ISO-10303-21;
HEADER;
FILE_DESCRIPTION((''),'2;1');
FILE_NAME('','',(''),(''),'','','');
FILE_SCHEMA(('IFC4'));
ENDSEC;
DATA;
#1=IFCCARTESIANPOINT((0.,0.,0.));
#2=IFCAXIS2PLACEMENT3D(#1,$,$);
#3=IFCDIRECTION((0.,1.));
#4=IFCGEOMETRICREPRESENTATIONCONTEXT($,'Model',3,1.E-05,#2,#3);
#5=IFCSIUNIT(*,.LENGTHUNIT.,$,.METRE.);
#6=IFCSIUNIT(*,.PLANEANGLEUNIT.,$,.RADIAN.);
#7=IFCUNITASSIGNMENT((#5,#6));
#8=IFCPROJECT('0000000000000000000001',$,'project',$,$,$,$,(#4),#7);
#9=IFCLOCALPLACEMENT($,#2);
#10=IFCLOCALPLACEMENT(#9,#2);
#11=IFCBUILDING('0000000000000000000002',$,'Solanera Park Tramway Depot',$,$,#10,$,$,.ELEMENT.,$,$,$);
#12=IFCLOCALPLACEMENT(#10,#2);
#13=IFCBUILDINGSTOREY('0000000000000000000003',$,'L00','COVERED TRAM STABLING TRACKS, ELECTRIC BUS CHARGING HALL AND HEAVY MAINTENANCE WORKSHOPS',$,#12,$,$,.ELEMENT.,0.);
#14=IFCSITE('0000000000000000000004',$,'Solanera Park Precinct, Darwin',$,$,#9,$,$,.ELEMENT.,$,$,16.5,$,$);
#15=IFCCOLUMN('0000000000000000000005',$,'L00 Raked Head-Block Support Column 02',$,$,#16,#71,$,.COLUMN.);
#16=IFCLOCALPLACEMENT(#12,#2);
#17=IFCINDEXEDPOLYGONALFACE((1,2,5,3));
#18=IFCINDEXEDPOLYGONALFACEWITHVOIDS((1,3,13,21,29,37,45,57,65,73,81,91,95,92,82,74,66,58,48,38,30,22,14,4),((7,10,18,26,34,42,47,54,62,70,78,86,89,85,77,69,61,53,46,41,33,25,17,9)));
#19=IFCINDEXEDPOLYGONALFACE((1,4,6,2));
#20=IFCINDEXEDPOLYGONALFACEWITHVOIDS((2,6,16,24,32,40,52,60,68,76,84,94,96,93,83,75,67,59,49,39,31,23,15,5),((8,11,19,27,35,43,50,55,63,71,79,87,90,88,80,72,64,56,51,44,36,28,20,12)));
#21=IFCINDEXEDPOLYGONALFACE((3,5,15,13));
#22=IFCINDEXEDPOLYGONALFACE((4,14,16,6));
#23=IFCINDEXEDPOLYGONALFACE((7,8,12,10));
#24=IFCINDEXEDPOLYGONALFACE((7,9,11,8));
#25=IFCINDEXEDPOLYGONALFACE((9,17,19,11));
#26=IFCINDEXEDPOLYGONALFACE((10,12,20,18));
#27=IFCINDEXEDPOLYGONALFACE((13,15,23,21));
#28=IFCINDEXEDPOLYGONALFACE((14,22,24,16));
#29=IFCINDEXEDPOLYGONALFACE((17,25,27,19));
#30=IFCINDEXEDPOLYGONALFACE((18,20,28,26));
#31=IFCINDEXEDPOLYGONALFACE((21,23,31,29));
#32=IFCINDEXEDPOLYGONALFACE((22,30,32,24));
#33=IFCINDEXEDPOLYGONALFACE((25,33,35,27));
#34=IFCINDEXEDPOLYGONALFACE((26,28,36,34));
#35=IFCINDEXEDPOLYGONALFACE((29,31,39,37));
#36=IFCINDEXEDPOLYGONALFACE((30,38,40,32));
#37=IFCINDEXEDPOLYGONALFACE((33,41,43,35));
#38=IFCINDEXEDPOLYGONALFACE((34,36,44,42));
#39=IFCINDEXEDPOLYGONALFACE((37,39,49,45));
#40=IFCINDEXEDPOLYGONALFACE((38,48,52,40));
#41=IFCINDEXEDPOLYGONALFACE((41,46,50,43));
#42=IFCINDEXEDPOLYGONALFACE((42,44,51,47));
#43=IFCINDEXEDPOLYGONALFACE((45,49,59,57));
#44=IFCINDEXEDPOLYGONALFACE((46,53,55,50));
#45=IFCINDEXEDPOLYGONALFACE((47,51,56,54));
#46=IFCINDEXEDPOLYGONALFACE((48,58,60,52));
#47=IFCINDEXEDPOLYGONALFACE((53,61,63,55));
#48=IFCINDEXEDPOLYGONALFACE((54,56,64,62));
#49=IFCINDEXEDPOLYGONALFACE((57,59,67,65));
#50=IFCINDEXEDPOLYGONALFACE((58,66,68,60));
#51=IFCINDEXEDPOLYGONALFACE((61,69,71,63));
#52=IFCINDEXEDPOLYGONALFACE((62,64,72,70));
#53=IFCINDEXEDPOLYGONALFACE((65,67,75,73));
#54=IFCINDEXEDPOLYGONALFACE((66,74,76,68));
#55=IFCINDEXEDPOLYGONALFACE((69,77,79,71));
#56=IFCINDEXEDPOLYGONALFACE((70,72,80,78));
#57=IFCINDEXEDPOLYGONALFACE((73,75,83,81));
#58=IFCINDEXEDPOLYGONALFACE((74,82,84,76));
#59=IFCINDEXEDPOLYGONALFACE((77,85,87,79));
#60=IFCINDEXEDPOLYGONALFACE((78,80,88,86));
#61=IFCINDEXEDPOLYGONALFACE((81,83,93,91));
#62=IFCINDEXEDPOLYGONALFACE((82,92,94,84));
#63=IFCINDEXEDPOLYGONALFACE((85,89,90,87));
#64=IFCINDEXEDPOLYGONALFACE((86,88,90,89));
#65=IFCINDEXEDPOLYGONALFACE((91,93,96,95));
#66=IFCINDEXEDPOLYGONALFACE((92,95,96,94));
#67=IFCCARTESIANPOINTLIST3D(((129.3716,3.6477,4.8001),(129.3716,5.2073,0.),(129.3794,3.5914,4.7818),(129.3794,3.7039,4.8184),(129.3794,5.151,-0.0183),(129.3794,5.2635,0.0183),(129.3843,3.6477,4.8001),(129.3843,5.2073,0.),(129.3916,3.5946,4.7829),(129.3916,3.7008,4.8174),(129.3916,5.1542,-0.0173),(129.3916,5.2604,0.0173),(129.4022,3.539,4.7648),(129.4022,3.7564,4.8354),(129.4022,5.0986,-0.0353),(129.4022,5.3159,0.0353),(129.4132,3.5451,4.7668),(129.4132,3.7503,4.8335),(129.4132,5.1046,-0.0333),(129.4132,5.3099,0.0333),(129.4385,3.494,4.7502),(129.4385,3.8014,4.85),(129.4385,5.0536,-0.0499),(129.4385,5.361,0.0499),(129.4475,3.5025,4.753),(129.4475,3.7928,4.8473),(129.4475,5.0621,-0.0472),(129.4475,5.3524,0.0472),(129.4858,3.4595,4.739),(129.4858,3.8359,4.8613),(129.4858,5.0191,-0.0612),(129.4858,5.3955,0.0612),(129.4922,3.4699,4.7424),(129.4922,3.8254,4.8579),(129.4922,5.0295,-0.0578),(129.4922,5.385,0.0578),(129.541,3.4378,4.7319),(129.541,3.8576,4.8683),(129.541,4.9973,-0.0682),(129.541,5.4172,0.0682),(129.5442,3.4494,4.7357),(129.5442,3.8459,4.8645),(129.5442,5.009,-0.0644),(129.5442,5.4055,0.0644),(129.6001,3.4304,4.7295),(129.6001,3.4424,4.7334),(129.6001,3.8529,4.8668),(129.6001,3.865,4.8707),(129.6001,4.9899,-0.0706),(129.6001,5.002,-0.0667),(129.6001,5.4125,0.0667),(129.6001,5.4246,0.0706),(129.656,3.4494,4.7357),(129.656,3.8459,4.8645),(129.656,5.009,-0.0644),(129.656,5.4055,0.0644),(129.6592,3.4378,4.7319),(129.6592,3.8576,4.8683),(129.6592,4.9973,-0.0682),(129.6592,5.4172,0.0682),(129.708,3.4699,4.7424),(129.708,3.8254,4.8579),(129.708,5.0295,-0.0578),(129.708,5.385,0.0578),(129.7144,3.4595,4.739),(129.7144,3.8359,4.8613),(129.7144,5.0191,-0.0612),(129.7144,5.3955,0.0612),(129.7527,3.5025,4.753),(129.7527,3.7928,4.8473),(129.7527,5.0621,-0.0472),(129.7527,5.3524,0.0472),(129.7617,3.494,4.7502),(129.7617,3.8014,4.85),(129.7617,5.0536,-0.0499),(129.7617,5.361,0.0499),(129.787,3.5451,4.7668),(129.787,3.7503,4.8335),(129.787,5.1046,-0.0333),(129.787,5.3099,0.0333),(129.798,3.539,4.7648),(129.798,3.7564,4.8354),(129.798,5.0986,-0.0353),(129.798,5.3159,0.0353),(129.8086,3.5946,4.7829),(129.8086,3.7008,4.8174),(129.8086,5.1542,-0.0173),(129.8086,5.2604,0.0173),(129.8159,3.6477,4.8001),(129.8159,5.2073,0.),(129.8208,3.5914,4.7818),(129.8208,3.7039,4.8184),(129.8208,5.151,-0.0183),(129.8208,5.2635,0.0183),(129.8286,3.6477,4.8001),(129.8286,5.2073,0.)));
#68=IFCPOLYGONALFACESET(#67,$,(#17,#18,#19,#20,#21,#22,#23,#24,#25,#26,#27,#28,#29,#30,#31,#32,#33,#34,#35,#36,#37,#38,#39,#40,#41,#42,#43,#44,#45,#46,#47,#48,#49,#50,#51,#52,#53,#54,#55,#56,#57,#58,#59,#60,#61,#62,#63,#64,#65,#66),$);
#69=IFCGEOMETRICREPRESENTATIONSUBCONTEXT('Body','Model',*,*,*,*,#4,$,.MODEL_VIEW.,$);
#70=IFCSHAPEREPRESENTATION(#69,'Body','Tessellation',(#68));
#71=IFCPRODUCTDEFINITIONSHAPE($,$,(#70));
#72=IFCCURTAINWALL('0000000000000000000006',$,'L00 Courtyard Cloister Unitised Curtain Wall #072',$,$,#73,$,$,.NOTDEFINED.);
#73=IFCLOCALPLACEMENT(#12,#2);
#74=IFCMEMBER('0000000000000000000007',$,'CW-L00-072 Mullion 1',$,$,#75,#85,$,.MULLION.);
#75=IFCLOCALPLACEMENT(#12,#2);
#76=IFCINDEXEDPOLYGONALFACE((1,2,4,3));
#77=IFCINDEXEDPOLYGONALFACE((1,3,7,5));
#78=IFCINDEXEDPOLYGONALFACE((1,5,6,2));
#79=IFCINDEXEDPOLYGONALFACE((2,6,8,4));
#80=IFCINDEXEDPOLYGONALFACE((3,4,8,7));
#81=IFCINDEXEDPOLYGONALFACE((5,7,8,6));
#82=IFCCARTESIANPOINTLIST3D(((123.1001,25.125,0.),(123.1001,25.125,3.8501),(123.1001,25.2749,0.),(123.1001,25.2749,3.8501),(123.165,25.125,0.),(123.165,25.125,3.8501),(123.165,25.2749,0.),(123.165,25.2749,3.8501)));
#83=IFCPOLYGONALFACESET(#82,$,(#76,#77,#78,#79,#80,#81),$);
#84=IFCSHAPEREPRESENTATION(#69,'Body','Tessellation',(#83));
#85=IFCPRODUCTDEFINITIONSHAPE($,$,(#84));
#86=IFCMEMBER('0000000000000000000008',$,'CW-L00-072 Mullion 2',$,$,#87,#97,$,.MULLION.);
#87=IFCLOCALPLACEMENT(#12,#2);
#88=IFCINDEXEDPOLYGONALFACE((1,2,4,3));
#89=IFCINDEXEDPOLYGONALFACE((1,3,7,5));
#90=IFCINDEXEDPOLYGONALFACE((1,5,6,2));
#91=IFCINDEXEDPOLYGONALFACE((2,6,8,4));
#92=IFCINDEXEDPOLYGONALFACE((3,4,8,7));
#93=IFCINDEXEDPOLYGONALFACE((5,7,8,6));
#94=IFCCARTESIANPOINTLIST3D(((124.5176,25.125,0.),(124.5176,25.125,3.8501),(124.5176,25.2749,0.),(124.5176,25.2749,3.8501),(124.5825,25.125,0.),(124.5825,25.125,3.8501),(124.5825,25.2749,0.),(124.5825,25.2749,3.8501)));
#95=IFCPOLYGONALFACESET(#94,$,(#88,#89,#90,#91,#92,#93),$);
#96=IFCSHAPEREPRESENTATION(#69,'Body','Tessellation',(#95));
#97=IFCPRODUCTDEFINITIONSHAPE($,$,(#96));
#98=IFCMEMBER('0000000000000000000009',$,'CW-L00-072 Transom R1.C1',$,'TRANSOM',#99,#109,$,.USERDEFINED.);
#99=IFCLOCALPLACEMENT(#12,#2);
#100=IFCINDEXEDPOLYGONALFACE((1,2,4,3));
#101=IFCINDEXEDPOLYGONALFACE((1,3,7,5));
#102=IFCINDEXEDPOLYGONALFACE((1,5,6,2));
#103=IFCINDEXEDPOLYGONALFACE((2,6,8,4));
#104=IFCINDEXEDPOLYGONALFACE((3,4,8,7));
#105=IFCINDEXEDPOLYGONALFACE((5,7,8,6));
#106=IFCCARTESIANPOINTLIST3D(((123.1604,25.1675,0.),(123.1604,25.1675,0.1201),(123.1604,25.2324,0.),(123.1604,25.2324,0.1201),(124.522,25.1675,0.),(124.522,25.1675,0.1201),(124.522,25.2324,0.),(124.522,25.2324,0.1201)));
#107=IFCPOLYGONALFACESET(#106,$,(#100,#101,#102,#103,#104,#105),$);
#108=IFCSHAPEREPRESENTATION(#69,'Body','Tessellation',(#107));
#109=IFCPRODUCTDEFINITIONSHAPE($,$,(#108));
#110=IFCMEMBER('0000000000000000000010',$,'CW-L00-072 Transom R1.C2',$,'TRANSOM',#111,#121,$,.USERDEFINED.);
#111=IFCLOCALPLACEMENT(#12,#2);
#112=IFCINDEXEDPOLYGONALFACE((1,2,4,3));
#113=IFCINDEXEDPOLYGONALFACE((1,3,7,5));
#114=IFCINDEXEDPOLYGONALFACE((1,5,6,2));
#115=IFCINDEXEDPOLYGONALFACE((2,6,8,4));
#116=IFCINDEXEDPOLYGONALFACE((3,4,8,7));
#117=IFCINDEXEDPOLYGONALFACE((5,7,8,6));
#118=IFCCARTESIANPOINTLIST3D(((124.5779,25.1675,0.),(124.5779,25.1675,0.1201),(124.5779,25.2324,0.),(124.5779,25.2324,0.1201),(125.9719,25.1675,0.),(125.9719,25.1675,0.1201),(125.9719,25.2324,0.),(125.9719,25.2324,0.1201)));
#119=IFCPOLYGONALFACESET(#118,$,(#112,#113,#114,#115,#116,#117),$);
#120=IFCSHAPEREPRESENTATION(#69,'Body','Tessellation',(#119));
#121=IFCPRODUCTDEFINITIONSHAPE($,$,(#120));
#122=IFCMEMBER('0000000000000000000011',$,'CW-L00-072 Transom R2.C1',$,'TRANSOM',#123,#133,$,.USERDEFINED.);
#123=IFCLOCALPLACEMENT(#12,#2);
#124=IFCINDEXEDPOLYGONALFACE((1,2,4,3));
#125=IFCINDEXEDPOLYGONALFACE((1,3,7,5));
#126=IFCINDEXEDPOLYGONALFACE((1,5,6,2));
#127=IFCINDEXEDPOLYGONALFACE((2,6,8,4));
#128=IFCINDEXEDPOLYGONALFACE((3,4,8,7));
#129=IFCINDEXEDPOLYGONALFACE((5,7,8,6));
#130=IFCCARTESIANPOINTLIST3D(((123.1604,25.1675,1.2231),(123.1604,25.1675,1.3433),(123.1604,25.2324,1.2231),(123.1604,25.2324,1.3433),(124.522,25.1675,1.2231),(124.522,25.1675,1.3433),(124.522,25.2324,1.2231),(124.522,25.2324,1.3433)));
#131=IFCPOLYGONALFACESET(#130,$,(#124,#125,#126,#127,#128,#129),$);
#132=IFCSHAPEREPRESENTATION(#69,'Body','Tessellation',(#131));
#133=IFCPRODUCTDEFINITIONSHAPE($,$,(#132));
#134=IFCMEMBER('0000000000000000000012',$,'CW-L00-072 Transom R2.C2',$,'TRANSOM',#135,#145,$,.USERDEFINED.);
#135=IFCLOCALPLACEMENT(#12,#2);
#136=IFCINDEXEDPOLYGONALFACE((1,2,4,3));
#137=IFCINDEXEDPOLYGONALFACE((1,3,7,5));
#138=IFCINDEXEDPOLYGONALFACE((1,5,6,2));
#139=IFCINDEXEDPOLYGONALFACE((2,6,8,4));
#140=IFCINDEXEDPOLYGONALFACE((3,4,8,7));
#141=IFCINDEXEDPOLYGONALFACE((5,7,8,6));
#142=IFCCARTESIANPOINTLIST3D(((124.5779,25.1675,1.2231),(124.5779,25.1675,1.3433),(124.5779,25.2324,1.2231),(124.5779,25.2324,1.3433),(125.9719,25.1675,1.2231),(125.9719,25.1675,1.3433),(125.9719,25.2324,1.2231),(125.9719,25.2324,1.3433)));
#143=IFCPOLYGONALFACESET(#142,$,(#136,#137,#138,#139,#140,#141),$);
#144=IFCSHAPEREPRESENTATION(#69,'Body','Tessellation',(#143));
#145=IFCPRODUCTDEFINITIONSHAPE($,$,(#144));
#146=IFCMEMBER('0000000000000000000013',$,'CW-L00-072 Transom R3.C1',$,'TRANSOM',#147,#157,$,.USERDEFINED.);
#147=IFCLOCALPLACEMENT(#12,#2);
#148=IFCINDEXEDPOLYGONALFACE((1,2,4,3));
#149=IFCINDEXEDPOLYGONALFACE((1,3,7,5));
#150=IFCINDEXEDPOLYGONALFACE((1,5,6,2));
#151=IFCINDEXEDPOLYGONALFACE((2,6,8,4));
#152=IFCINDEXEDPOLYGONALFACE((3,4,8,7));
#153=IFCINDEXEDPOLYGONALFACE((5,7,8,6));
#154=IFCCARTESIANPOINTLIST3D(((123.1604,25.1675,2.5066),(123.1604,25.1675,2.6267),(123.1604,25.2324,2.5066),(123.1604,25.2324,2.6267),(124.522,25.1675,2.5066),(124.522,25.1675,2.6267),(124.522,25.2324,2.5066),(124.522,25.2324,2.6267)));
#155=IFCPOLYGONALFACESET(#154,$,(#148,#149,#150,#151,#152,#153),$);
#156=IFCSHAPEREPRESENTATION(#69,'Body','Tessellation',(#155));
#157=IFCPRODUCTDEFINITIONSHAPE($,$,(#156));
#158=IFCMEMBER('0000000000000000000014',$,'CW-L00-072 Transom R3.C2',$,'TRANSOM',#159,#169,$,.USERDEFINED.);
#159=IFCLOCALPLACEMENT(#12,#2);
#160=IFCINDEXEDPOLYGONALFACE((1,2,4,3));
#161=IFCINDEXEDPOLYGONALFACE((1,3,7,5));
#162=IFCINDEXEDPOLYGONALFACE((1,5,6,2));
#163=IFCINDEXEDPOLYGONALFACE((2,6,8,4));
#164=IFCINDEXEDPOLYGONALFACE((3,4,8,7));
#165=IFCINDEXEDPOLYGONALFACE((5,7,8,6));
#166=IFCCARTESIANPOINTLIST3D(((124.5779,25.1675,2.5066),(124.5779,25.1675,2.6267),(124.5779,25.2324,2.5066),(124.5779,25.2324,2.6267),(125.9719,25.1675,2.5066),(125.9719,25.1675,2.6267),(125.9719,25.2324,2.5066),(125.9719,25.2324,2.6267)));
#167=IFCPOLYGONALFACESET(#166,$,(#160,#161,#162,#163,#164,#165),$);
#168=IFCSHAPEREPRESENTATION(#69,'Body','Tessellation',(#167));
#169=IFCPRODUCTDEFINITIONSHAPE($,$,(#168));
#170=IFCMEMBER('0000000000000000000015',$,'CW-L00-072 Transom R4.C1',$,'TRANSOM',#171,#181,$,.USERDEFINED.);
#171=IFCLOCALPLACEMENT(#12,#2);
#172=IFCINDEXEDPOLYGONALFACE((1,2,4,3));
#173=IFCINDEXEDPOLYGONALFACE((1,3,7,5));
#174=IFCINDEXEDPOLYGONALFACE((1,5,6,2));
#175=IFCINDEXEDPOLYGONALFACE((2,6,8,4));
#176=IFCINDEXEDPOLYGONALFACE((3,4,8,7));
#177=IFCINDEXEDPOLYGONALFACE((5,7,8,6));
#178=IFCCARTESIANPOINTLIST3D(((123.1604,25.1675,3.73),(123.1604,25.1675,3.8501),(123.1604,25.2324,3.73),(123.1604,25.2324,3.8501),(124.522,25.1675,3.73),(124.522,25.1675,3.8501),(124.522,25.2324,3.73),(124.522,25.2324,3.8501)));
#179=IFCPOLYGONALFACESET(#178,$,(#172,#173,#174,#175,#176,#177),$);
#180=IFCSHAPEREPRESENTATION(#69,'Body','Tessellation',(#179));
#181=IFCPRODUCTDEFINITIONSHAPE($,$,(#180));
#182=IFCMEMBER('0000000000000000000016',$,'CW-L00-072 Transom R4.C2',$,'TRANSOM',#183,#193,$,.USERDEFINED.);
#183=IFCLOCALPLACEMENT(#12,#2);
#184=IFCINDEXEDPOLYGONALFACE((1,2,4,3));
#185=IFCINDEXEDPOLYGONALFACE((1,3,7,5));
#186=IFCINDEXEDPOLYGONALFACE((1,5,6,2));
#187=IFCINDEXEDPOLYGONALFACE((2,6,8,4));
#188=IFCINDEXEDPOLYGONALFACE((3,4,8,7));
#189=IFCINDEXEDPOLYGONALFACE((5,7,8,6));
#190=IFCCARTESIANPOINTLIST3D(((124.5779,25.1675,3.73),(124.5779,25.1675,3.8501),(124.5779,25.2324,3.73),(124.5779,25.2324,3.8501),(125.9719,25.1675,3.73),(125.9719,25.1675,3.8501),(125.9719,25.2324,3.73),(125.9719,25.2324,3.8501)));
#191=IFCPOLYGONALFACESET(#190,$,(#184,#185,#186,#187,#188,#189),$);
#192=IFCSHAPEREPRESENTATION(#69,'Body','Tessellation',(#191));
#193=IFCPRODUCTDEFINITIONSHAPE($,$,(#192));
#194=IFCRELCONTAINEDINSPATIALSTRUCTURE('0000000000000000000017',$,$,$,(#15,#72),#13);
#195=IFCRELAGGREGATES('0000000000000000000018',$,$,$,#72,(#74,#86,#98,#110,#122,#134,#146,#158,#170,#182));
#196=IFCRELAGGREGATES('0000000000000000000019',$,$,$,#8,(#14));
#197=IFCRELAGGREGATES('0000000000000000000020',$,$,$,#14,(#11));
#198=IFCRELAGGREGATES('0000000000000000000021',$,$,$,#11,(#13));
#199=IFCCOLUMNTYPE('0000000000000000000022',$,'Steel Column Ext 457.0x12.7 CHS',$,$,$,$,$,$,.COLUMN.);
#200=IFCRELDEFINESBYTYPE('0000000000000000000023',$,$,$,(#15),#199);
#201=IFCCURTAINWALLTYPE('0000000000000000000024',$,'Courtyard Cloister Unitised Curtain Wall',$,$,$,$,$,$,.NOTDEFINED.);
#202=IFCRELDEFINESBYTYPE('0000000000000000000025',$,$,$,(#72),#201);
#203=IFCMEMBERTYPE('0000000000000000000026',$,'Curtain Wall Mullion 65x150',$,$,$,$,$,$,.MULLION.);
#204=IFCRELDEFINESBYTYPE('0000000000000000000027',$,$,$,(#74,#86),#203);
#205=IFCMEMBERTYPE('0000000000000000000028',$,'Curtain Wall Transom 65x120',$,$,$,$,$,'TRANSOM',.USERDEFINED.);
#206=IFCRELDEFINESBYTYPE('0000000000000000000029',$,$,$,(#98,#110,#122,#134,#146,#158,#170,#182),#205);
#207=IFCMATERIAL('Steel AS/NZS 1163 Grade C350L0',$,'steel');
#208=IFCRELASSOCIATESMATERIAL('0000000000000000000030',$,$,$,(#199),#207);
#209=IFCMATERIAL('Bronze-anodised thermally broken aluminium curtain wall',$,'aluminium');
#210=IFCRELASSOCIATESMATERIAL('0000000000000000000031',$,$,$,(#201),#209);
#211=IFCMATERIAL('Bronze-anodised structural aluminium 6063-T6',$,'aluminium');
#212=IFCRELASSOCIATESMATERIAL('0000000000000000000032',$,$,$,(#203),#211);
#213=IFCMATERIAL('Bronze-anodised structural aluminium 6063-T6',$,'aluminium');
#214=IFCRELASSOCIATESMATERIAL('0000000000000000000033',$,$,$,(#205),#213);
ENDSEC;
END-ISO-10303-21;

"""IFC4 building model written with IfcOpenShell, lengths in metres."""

from ifc_helpers import new_model, si_unit, direction, frame, origin, origin_2d, place, context, subcontext, project, spatial, rectangle, hollow_circle, extrude, material, material_profile, profile_set, type_object, element, aggregate, save


model = new_model("IFC4")

# Units and contexts
model_context = context("Model", 3, precision=1e-05, world=origin(), true_north=direction((0.0, 1.0)))
body_context = subcontext(model_context, "Body", "Model", "MODEL_VIEW")
ifc_project = project(units=[si_unit("LENGTHUNIT", "METRE"), si_unit("PLANEANGLEUNIT", "RADIAN")], contexts=[model_context])

# Site, building, storey
site_placement = place(None, origin())
site = spatial("IfcSite", under=ifc_project, at=site_placement, Name="Solanera Park Precinct, Darwin", CompositionType="ELEMENT", RefElevation=16.5)
building_placement = place(site_placement, origin())
building = spatial("IfcBuilding", under=site, at=building_placement, Name="Solanera Park Tramway Depot", CompositionType="ELEMENT")
storey_placement = place(building_placement, origin())
storey = spatial("IfcBuildingStorey", under=building, at=storey_placement, Name="L00", Description="COVERED TRAM STABLING TRACKS, ELECTRIC BUS CHARGING HALL AND HEAVY MAINTENANCE WORKSHOPS", CompositionType="ELEMENT", Elevation=0.0)

# Column
ifc_material_1 = material(Name="Steel AS/NZS 1163 Grade C350L0", Category="steel")
ifc_material_profile_1 = material_profile(ifc_material_1, hollow_circle(Radius=0.2285, WallThickness=0.0127, at=origin_2d()), Name="457.0x12.7 CHS")
ifc_profile_set_1 = profile_set([ifc_material_profile_1], Name="Steel AS/NZS 1163 Grade C350L0")
column_type_1 = type_object("IfcColumnType", Name="Steel Column Ext 457.0x12.7 CHS", PredefinedType="COLUMN", material=ifc_profile_set_1)
column_1_placement = place(storey_placement, frame((129.6001, 5.2073, 0.0), z_axis=(0.0, -0.309006, 0.95106), x_axis=(1.0, 0.0, 0.0)))
element("IfcColumn", 1, at=column_1_placement, inside=storey, type_object=column_type_1, Name="L00 Raked Head-Block Support Column 02", PredefinedType="COLUMN", context=body_context, shape_type="SweptSolid", body=[
    extrude(hollow_circle(Radius=0.2285, WallThickness=0.0127, at=origin_2d()), origin(), (0.0, 0.0, 1.0), 5.0471),
])

# Curtain wall, members
ifc_material_2 = material(Name="Bronze-anodised thermally broken aluminium curtain wall", Category="aluminium")
curtain_wall_type = type_object("IfcCurtainWallType", Name="Courtyard Cloister Unitised Curtain Wall", PredefinedType="NOTDEFINED", material=ifc_material_2)
curtain_wall_placement = place(storey_placement, origin())
curtain_wall = element("IfcCurtainWall", 2, at=curtain_wall_placement, inside=storey, type_object=curtain_wall_type, Name="L00 Courtyard Cloister Unitised Curtain Wall #072", PredefinedType="NOTDEFINED")
ifc_material_3 = material(Name="Bronze-anodised structural aluminium 6063-T6", Category="aluminium")
ifc_material_profile_2 = material_profile(ifc_material_3, rectangle(XDim=0.0649, YDim=0.1499, at=origin_2d()), Name="Curtain Wall Mullion 65x150")
ifc_profile_set_2 = profile_set([ifc_material_profile_2], Name="Bronze-anodised structural aluminium 6063-T6")
member_type_1 = type_object("IfcMemberType", Name="Curtain Wall Mullion 65x150", PredefinedType="MULLION", material=ifc_profile_set_2)
member_1_placement = place(storey_placement, frame((123.1326, 25.2, 0.0), z_axis=(0.0, 0.0, 1.0), x_axis=(1.0, 0.0, 0.0)))
member_1 = element("IfcMember", 3, at=member_1_placement, type_object=member_type_1, Name="CW-L00-072 Mullion 1", PredefinedType="MULLION", context=body_context, shape_type="SweptSolid", body=[
    extrude(rectangle(XDim=0.0649, YDim=0.1499, at=origin_2d()), origin(), (0.0, 0.0, 1.0), 3.8501),
])
member_2_placement = place(storey_placement, frame((124.55, 25.2, 0.0), z_axis=(0.0, 0.0, 1.0), x_axis=(1.0, 0.0, 0.0)))
member_2 = element("IfcMember", 4, at=member_2_placement, type_object=member_type_1, Name="CW-L00-072 Mullion 2", PredefinedType="MULLION", context=body_context, shape_type="SweptSolid", body=[
    extrude(rectangle(XDim=0.0649, YDim=0.1499, at=origin_2d()), origin(), (0.0, 0.0, 1.0), 3.8501),
])
ifc_material_4 = material(Name="Bronze-anodised structural aluminium 6063-T6", Category="aluminium")
ifc_material_profile_3 = material_profile(ifc_material_4, rectangle(XDim=0.0649, YDim=0.1201, at=origin_2d()), Name="Curtain Wall Transom 65x120")
ifc_profile_set_3 = profile_set([ifc_material_profile_3], Name="Bronze-anodised structural aluminium 6063-T6")
member_type_2 = type_object("IfcMemberType", Name="Curtain Wall Transom 65x120", ElementType="TRANSOM", PredefinedType="USERDEFINED", material=ifc_profile_set_3)
member_3_placement = place(storey_placement, frame((123.1604, 25.2, 0.0601), z_axis=(1.0, 0.0, 0.0), x_axis=(0.0, 1.0, 0.0)))
member_3 = element("IfcMember", 5, at=member_3_placement, type_object=member_type_2, Name="CW-L00-072 Transom R1.C1", ObjectType="TRANSOM", PredefinedType="USERDEFINED", context=body_context, shape_type="SweptSolid", body=[
    extrude(rectangle(XDim=0.0649, YDim=0.1201, at=origin_2d()), origin(), (0.0, 0.0, 1.0), 1.3616),
])
member_4_placement = place(storey_placement, frame((124.5779, 25.2, 0.0601), z_axis=(1.0, 0.0, 0.0), x_axis=(0.0, 1.0, 0.0)))
member_4 = element("IfcMember", 6, at=member_4_placement, type_object=member_type_2, Name="CW-L00-072 Transom R1.C2", ObjectType="TRANSOM", PredefinedType="USERDEFINED", context=body_context, shape_type="SweptSolid", body=[
    extrude(rectangle(XDim=0.0649, YDim=0.1201, at=origin_2d()), origin(), (0.0, 0.0, 1.0), 1.394),
])
member_5_placement = place(storey_placement, frame((123.1604, 25.2, 1.2832), z_axis=(1.0, 0.0, 0.0), x_axis=(0.0, 1.0, 0.0)))
member_5 = element("IfcMember", 7, at=member_5_placement, type_object=member_type_2, Name="CW-L00-072 Transom R2.C1", ObjectType="TRANSOM", PredefinedType="USERDEFINED", context=body_context, shape_type="SweptSolid", body=[
    extrude(rectangle(XDim=0.0649, YDim=0.1201, at=origin_2d()), origin(), (0.0, 0.0, 1.0), 1.3616),
])
member_6_placement = place(storey_placement, frame((124.5779, 25.2, 1.2832), z_axis=(1.0, 0.0, 0.0), x_axis=(0.0, 1.0, 0.0)))
member_6 = element("IfcMember", 8, at=member_6_placement, type_object=member_type_2, Name="CW-L00-072 Transom R2.C2", ObjectType="TRANSOM", PredefinedType="USERDEFINED", context=body_context, shape_type="SweptSolid", body=[
    extrude(rectangle(XDim=0.0649, YDim=0.1201, at=origin_2d()), origin(), (0.0, 0.0, 1.0), 1.394),
])
member_7_placement = place(storey_placement, frame((123.1604, 25.2, 2.5667), z_axis=(1.0, 0.0, 0.0), x_axis=(0.0, 1.0, 0.0)))
member_7 = element("IfcMember", 9, at=member_7_placement, type_object=member_type_2, Name="CW-L00-072 Transom R3.C1", ObjectType="TRANSOM", PredefinedType="USERDEFINED", context=body_context, shape_type="SweptSolid", body=[
    extrude(rectangle(XDim=0.0649, YDim=0.1201, at=origin_2d()), origin(), (0.0, 0.0, 1.0), 1.3616),
])
member_8_placement = place(storey_placement, frame((124.5779, 25.2, 2.5667), z_axis=(1.0, 0.0, 0.0), x_axis=(0.0, 1.0, 0.0)))
member_8 = element("IfcMember", 10, at=member_8_placement, type_object=member_type_2, Name="CW-L00-072 Transom R3.C2", ObjectType="TRANSOM", PredefinedType="USERDEFINED", context=body_context, shape_type="SweptSolid", body=[
    extrude(rectangle(XDim=0.0649, YDim=0.1201, at=origin_2d()), origin(), (0.0, 0.0, 1.0), 1.394),
])
member_9_placement = place(storey_placement, frame((123.1604, 25.2, 3.79), z_axis=(1.0, 0.0, 0.0), x_axis=(0.0, 1.0, 0.0)))
member_9 = element("IfcMember", 11, at=member_9_placement, type_object=member_type_2, Name="CW-L00-072 Transom R4.C1", ObjectType="TRANSOM", PredefinedType="USERDEFINED", context=body_context, shape_type="SweptSolid", body=[
    extrude(rectangle(XDim=0.0649, YDim=0.1201, at=origin_2d()), origin(), (0.0, 0.0, 1.0), 1.3616),
])
member_10_placement = place(storey_placement, frame((124.5779, 25.2, 3.79), z_axis=(1.0, 0.0, 0.0), x_axis=(0.0, 1.0, 0.0)))
member_10 = element("IfcMember", 12, at=member_10_placement, type_object=member_type_2, Name="CW-L00-072 Transom R4.C2", ObjectType="TRANSOM", PredefinedType="USERDEFINED", context=body_context, shape_type="SweptSolid", body=[
    extrude(rectangle(XDim=0.0649, YDim=0.1201, at=origin_2d()), origin(), (0.0, 0.0, 1.0), 1.394),
])
aggregate(curtain_wall, [member_1, member_2, member_3, member_4, member_5, member_6, member_7, member_8, member_9, member_10])

save(model, "model.ifc")
